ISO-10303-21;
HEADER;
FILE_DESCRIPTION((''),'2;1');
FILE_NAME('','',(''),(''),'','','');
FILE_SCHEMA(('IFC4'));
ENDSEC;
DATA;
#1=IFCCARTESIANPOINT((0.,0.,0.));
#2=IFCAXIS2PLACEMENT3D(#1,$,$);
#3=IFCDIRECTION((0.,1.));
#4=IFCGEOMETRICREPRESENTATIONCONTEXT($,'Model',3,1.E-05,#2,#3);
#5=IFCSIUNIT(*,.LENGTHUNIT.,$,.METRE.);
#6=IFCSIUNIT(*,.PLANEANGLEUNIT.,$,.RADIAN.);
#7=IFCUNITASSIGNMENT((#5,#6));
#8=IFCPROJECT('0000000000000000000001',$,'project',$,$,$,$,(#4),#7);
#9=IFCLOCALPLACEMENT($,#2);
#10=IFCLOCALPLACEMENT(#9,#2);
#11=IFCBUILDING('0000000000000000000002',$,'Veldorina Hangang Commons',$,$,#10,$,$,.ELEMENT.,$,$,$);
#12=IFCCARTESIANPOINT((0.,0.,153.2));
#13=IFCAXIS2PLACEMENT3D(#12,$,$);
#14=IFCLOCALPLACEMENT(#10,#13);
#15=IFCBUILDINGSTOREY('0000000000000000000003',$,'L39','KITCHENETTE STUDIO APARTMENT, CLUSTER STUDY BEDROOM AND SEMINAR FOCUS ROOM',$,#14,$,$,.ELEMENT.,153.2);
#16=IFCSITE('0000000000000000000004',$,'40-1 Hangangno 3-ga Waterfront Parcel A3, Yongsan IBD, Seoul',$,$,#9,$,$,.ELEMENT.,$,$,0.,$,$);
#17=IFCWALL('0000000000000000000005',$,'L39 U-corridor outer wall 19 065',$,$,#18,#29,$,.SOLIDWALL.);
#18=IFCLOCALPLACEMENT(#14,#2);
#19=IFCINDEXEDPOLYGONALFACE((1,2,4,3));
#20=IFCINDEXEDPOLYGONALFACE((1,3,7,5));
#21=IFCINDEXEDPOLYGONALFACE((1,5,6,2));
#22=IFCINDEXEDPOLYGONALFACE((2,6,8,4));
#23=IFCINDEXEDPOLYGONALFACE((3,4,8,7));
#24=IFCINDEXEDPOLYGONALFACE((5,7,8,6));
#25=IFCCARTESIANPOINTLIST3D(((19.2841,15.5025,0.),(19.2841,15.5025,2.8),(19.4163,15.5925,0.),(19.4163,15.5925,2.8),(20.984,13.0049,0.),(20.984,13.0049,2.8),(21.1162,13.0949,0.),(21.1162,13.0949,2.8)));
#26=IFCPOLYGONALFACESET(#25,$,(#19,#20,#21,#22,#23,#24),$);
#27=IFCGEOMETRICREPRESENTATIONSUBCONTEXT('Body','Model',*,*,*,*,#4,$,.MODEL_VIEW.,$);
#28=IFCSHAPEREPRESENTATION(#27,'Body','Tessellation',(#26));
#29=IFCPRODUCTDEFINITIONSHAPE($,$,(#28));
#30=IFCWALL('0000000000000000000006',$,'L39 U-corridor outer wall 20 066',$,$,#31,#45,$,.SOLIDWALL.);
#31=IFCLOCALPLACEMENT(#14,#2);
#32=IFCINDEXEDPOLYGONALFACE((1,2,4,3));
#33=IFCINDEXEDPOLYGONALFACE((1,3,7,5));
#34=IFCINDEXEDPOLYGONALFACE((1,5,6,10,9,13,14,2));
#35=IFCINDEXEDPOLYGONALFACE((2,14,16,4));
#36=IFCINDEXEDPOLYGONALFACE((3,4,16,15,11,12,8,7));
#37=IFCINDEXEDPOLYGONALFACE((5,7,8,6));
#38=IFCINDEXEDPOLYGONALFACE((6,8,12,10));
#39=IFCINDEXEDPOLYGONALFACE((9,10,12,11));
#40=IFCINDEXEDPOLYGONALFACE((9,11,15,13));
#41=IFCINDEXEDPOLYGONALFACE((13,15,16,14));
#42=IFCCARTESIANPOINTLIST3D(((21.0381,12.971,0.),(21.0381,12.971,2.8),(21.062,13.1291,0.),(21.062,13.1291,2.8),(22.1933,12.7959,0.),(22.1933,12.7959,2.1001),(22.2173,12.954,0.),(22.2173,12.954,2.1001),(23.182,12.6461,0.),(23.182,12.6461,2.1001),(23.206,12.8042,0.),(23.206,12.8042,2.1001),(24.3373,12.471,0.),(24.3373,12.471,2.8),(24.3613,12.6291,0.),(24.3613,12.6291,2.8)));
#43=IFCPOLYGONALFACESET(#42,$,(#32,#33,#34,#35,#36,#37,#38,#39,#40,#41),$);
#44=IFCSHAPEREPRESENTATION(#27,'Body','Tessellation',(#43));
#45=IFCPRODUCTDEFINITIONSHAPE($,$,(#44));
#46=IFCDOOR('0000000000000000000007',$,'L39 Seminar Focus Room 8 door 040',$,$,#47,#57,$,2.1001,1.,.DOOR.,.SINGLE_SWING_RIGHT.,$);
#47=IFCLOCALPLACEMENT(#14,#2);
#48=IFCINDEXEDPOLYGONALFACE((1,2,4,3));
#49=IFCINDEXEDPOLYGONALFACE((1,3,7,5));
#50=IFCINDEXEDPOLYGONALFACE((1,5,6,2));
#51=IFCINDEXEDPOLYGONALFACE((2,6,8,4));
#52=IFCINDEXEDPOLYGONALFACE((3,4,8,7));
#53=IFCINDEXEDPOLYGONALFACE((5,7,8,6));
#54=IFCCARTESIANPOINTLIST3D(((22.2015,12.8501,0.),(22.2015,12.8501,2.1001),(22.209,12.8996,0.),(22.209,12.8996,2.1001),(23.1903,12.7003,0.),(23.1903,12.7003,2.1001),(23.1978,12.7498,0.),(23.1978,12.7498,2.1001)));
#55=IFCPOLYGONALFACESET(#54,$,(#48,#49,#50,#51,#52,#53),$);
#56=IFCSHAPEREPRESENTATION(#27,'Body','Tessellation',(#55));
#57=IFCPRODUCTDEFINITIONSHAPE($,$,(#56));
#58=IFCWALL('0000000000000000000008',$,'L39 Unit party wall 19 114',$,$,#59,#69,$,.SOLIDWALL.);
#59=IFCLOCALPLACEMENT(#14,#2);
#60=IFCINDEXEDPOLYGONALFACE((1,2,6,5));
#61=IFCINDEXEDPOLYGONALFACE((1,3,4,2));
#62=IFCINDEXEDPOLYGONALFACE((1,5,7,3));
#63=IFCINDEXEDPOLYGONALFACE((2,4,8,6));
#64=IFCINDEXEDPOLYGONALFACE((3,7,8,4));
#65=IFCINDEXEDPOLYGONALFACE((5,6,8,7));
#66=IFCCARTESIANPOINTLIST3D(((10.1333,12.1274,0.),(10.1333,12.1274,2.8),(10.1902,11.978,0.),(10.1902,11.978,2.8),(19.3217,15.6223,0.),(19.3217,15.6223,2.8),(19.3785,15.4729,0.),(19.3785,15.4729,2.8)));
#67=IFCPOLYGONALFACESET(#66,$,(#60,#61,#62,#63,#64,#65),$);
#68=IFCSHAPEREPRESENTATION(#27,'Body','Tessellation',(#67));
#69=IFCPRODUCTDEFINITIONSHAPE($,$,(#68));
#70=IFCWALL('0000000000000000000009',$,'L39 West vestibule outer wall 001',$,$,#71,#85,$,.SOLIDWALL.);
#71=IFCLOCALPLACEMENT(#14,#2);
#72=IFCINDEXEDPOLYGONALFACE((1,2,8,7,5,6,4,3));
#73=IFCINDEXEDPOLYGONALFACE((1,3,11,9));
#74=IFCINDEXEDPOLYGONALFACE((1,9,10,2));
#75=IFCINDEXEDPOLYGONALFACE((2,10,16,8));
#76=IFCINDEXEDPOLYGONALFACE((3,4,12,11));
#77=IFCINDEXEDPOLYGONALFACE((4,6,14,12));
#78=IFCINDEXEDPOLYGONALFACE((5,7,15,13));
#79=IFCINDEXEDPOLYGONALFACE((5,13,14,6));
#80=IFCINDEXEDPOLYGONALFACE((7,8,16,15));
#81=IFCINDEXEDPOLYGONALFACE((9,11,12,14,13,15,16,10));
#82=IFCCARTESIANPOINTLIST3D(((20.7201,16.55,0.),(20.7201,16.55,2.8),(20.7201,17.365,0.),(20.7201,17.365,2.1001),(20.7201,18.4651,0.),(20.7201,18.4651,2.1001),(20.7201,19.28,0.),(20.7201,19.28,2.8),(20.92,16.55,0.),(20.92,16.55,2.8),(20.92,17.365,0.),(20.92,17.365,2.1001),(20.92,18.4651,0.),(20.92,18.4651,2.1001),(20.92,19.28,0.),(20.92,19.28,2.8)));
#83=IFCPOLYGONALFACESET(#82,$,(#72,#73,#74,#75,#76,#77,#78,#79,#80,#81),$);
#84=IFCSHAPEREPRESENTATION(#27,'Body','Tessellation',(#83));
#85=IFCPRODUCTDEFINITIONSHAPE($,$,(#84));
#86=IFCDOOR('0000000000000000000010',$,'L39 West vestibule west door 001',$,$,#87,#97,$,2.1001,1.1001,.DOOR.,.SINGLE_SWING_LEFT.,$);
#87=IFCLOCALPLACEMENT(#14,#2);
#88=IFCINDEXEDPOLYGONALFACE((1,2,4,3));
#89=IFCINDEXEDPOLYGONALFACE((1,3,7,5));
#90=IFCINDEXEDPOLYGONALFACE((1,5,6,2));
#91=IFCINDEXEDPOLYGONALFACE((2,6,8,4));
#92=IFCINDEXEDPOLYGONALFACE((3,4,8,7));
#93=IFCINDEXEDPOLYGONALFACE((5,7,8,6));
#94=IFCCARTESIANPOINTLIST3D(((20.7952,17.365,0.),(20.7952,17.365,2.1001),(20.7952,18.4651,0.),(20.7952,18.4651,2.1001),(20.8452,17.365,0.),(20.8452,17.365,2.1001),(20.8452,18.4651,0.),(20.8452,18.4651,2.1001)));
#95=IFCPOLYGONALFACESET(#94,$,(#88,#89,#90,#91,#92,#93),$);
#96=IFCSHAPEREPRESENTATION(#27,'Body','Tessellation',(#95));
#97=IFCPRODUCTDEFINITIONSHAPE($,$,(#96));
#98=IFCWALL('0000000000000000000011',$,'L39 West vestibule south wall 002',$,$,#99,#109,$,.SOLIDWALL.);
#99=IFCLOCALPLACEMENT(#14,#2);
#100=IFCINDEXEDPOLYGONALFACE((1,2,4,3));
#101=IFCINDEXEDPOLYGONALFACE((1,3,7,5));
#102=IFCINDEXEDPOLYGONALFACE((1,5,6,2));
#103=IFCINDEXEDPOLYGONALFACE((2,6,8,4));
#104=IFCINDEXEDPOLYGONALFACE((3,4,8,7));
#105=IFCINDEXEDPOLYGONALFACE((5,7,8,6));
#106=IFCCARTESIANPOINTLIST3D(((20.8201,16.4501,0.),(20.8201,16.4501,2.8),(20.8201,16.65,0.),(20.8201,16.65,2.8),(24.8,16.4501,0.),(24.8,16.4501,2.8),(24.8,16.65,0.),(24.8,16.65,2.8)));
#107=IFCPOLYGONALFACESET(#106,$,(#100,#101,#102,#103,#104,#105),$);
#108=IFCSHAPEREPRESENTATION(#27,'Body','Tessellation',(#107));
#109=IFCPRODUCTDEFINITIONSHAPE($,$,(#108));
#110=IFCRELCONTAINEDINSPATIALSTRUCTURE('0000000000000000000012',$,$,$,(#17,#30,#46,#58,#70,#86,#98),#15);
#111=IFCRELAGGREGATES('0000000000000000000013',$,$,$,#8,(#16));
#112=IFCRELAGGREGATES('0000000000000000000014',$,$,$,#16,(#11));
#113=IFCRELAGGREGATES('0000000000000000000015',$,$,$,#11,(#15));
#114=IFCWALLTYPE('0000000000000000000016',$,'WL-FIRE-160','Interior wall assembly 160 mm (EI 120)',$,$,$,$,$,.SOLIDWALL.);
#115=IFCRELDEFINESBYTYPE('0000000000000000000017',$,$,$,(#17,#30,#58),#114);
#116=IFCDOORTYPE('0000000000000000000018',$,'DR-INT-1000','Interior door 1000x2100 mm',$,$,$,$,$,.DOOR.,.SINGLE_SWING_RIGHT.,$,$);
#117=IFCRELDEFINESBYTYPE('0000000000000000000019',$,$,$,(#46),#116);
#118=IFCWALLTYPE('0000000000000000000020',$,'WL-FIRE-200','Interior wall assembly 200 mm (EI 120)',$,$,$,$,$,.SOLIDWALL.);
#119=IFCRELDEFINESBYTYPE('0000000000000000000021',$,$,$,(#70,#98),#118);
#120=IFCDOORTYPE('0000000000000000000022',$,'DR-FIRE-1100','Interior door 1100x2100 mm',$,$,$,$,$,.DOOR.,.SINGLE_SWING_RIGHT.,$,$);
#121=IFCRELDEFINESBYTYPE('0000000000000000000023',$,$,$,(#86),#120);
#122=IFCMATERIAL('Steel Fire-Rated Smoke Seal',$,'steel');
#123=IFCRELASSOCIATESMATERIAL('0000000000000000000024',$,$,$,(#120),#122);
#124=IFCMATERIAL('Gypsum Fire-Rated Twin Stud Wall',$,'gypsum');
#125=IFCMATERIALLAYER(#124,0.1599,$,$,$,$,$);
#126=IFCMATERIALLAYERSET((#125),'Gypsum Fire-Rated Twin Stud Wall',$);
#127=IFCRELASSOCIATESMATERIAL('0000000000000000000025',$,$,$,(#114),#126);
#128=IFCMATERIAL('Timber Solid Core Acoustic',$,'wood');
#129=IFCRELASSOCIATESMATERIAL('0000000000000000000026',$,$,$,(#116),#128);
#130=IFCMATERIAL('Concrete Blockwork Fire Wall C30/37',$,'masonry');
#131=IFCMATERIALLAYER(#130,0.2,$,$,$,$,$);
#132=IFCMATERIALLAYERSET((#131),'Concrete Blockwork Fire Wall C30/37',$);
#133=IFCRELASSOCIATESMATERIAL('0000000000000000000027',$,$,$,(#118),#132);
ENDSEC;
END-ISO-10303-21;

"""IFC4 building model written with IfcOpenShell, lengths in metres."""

from ifc_helpers import new_model, si_unit, direction, frame, frame_2d, origin, place, context, subcontext, project, spatial, rectangle, extrude, material, layer, layer_set, type_object, element, fill, save


model = new_model("IFC4")

# Units and contexts
model_context = context("Model", 3, precision=1e-05, world=origin(), true_north=direction((0.0, 1.0)))
body_context = subcontext(model_context, "Body", "Model", "MODEL_VIEW")
ifc_project = project(units=[si_unit("LENGTHUNIT", "METRE"), si_unit("PLANEANGLEUNIT", "RADIAN")], contexts=[model_context])

# Site, building, storey
site_placement = place(None, origin())
site = spatial("IfcSite", under=ifc_project, at=site_placement, Name="40-1 Hangangno 3-ga Waterfront Parcel A3, Yongsan IBD, Seoul", CompositionType="ELEMENT", RefElevation=0.0)
building_placement = place(site_placement, origin())
building = spatial("IfcBuilding", under=site, at=building_placement, Name="Veldorina Hangang Commons", CompositionType="ELEMENT")
storey_placement = place(building_placement, frame((0.0, 0.0, 153.2)))
storey = spatial("IfcBuildingStorey", under=building, at=storey_placement, Name="L39", Description="KITCHENETTE STUDIO APARTMENT, CLUSTER STUDY BEDROOM AND SEMINAR FOCUS ROOM", CompositionType="ELEMENT", Elevation=153.2)

# Shared definitions
ifc_material_1 = material(Name="Steel Fire-Rated Smoke Seal", Category="steel")
door_type_1 = type_object("IfcDoorType", Name="DR-FIRE-1100", Description="Interior door 1100x2100 mm", OperationType="SINGLE_SWING_RIGHT", PredefinedType="DOOR", material=ifc_material_1)
ifc_material_2 = material(Name="Gypsum Fire-Rated Twin Stud Wall", Category="gypsum")
ifc_layer_1 = layer(ifc_material_2, 0.1599)
ifc_layer_set_1 = layer_set([ifc_layer_1], Name="Gypsum Fire-Rated Twin Stud Wall")
wall_type_1 = type_object("IfcWallType", Name="WL-FIRE-160", Description="Interior wall assembly 160 mm (EI 120)", PredefinedType="SOLIDWALL", material=ifc_layer_set_1)
ifc_material_3 = material(Name="Timber Solid Core Acoustic", Category="wood")
door_type_2 = type_object("IfcDoorType", Name="DR-INT-1000", Description="Interior door 1000x2100 mm", OperationType="SINGLE_SWING_RIGHT", PredefinedType="DOOR", material=ifc_material_3)

# Wall
wall_1_placement = place(storey_placement, frame((19.3501, 15.5476, 0.0), z_axis=(0.0, 0.0, 1.0), x_axis=(0.562675, -0.826678, 0.0)))
element("IfcWall", 1, at=wall_1_placement, inside=storey, type_object=wall_type_1, Name="L39 U-corridor outer wall 19 065", PredefinedType="SOLIDWALL", context=body_context, shape_type="SweptSolid", body=[
    extrude(rectangle(XDim=3.0212, YDim=0.1599, at=frame_2d((1.5107, 0.0))), origin(), (0.0, 0.0, 1.0), 2.8),
])

# Wall, opening, door
wall_2_placement = place(storey_placement, frame((21.05, 13.05, 0.0), z_axis=(0.0, 0.0, 1.0), x_axis=(0.988711, -0.149836, 0.0)))
wall_2 = element("IfcWall", 2, at=wall_2_placement, inside=storey, type_object=wall_type_1, Name="L39 U-corridor outer wall 20 066", PredefinedType="SOLIDWALL", context=body_context, shape_type="SweptSolid", body=[
    extrude(rectangle(XDim=3.3369, YDim=0.1599, at=frame_2d((1.6685, 0.0))), origin(), (0.0, 0.0, 1.0), 2.8),
])
opening_1_placement = place(wall_2_placement, frame((1.1685, 0.0, 0.0)))
opening_1 = element("IfcOpeningElement", 3, at=opening_1_placement, cuts=wall_2, PredefinedType="OPENING", context=body_context, shape_type="SweptSolid", body=[
    extrude(rectangle(XDim=1.0, YDim=2.1001, at=frame_2d((0.5, 1.05))), frame((0.0, 0.0898, 0.0), z_axis=(0.0, -1.0, 0.0), x_axis=(1.0, 0.0, 0.0)), (0.0, 0.0, 1.0), 0.1799),
])
door_1_placement = place(opening_1_placement, origin())
door_1 = element("IfcDoor", 4, at=door_1_placement, inside=storey, type_object=door_type_2, Name="L39 Seminar Focus Room 8 door 040", OperationType="SINGLE_SWING_RIGHT", OverallHeight=2.1001, OverallWidth=1.0, PredefinedType="DOOR", context=body_context, shape_type="SweptSolid", body=[
    extrude(rectangle(XDim=1.0, YDim=2.1001, at=frame_2d((0.5, 1.05))), frame((0.0, 0.0249, 0.0), z_axis=(0.0, -1.0, 0.0), x_axis=(1.0, 0.0, 0.0)), (0.0, 0.0, 1.0), 0.05),
])
fill(opening_1, door_1)

# Wall
wall_3_placement = place(storey_placement, frame((19.3501, 15.5476, 0.0), z_axis=(0.0, 0.0, 1.0), x_axis=(-0.934671, -0.355515, 0.0)))
element("IfcWall", 5, at=wall_3_placement, inside=storey, type_object=wall_type_1, Name="L39 Unit party wall 19 114", PredefinedType="SOLIDWALL", context=body_context, shape_type="SweptSolid", body=[
    extrude(rectangle(XDim=9.8306, YDim=0.1599, at=frame_2d((4.9153, 0.0))), origin(), (0.0, 0.0, 1.0), 2.8),
])

# Wall, opening, door
ifc_material_4 = material(Name="Concrete Blockwork Fire Wall C30/37", Category="masonry")
ifc_layer_2 = layer(ifc_material_4, 0.2)
ifc_layer_set_2 = layer_set([ifc_layer_2], Name="Concrete Blockwork Fire Wall C30/37")
wall_type_2 = type_object("IfcWallType", Name="WL-FIRE-200", Description="Interior wall assembly 200 mm (EI 120)", PredefinedType="SOLIDWALL", material=ifc_layer_set_2)
wall_4_placement = place(storey_placement, frame((20.8201, 16.55, 0.0), z_axis=(0.0, 0.0, 1.0), x_axis=(0.0, 1.0, 0.0)))
wall_4 = element("IfcWall", 6, at=wall_4_placement, inside=storey, type_object=wall_type_2, Name="L39 West vestibule outer wall 001", PredefinedType="SOLIDWALL", context=body_context, shape_type="SweptSolid", body=[
    extrude(rectangle(XDim=2.73, YDim=0.2, at=frame_2d((1.365, 0.0))), origin(), (0.0, 0.0, 1.0), 2.8),
])
opening_2_placement = place(wall_4_placement, frame((0.8149, 0.0, 0.0)))
opening_2 = element("IfcOpeningElement", 7, at=opening_2_placement, cuts=wall_4, PredefinedType="OPENING", context=body_context, shape_type="SweptSolid", body=[
    extrude(rectangle(XDim=1.1001, YDim=2.1001, at=frame_2d((0.55, 1.05))), frame((0.0, 0.1099, 0.0), z_axis=(0.0, -1.0, 0.0), x_axis=(1.0, 0.0, 0.0)), (0.0, 0.0, 1.0), 0.22),
])
door_2_placement = place(opening_2_placement, origin())
door_2 = element("IfcDoor", 8, at=door_2_placement, inside=storey, type_object=door_type_1, Name="L39 West vestibule west door 001", OperationType="SINGLE_SWING_LEFT", OverallHeight=2.1001, OverallWidth=1.1001, PredefinedType="DOOR", context=body_context, shape_type="SweptSolid", body=[
    extrude(rectangle(XDim=1.1001, YDim=2.1001, at=frame_2d((0.55, 1.05))), frame((0.0, 0.0249, 0.0), z_axis=(0.0, -1.0, 0.0), x_axis=(1.0, 0.0, 0.0)), (0.0, 0.0, 1.0), 0.05),
])
fill(opening_2, door_2)

# Wall
wall_5_placement = place(storey_placement, frame((20.8201, 16.55, 0.0), z_axis=(0.0, 0.0, 1.0), x_axis=(1.0, 0.0, 0.0)))
element("IfcWall", 9, at=wall_5_placement, inside=storey, type_object=wall_type_2, Name="L39 West vestibule south wall 002", PredefinedType="SOLIDWALL", context=body_context, shape_type="SweptSolid", body=[
    extrude(rectangle(XDim=3.98, YDim=0.2, at=frame_2d((1.99, 0.0))), origin(), (0.0, 0.0, 1.0), 2.8),
])

save(model, "model.ifc")
